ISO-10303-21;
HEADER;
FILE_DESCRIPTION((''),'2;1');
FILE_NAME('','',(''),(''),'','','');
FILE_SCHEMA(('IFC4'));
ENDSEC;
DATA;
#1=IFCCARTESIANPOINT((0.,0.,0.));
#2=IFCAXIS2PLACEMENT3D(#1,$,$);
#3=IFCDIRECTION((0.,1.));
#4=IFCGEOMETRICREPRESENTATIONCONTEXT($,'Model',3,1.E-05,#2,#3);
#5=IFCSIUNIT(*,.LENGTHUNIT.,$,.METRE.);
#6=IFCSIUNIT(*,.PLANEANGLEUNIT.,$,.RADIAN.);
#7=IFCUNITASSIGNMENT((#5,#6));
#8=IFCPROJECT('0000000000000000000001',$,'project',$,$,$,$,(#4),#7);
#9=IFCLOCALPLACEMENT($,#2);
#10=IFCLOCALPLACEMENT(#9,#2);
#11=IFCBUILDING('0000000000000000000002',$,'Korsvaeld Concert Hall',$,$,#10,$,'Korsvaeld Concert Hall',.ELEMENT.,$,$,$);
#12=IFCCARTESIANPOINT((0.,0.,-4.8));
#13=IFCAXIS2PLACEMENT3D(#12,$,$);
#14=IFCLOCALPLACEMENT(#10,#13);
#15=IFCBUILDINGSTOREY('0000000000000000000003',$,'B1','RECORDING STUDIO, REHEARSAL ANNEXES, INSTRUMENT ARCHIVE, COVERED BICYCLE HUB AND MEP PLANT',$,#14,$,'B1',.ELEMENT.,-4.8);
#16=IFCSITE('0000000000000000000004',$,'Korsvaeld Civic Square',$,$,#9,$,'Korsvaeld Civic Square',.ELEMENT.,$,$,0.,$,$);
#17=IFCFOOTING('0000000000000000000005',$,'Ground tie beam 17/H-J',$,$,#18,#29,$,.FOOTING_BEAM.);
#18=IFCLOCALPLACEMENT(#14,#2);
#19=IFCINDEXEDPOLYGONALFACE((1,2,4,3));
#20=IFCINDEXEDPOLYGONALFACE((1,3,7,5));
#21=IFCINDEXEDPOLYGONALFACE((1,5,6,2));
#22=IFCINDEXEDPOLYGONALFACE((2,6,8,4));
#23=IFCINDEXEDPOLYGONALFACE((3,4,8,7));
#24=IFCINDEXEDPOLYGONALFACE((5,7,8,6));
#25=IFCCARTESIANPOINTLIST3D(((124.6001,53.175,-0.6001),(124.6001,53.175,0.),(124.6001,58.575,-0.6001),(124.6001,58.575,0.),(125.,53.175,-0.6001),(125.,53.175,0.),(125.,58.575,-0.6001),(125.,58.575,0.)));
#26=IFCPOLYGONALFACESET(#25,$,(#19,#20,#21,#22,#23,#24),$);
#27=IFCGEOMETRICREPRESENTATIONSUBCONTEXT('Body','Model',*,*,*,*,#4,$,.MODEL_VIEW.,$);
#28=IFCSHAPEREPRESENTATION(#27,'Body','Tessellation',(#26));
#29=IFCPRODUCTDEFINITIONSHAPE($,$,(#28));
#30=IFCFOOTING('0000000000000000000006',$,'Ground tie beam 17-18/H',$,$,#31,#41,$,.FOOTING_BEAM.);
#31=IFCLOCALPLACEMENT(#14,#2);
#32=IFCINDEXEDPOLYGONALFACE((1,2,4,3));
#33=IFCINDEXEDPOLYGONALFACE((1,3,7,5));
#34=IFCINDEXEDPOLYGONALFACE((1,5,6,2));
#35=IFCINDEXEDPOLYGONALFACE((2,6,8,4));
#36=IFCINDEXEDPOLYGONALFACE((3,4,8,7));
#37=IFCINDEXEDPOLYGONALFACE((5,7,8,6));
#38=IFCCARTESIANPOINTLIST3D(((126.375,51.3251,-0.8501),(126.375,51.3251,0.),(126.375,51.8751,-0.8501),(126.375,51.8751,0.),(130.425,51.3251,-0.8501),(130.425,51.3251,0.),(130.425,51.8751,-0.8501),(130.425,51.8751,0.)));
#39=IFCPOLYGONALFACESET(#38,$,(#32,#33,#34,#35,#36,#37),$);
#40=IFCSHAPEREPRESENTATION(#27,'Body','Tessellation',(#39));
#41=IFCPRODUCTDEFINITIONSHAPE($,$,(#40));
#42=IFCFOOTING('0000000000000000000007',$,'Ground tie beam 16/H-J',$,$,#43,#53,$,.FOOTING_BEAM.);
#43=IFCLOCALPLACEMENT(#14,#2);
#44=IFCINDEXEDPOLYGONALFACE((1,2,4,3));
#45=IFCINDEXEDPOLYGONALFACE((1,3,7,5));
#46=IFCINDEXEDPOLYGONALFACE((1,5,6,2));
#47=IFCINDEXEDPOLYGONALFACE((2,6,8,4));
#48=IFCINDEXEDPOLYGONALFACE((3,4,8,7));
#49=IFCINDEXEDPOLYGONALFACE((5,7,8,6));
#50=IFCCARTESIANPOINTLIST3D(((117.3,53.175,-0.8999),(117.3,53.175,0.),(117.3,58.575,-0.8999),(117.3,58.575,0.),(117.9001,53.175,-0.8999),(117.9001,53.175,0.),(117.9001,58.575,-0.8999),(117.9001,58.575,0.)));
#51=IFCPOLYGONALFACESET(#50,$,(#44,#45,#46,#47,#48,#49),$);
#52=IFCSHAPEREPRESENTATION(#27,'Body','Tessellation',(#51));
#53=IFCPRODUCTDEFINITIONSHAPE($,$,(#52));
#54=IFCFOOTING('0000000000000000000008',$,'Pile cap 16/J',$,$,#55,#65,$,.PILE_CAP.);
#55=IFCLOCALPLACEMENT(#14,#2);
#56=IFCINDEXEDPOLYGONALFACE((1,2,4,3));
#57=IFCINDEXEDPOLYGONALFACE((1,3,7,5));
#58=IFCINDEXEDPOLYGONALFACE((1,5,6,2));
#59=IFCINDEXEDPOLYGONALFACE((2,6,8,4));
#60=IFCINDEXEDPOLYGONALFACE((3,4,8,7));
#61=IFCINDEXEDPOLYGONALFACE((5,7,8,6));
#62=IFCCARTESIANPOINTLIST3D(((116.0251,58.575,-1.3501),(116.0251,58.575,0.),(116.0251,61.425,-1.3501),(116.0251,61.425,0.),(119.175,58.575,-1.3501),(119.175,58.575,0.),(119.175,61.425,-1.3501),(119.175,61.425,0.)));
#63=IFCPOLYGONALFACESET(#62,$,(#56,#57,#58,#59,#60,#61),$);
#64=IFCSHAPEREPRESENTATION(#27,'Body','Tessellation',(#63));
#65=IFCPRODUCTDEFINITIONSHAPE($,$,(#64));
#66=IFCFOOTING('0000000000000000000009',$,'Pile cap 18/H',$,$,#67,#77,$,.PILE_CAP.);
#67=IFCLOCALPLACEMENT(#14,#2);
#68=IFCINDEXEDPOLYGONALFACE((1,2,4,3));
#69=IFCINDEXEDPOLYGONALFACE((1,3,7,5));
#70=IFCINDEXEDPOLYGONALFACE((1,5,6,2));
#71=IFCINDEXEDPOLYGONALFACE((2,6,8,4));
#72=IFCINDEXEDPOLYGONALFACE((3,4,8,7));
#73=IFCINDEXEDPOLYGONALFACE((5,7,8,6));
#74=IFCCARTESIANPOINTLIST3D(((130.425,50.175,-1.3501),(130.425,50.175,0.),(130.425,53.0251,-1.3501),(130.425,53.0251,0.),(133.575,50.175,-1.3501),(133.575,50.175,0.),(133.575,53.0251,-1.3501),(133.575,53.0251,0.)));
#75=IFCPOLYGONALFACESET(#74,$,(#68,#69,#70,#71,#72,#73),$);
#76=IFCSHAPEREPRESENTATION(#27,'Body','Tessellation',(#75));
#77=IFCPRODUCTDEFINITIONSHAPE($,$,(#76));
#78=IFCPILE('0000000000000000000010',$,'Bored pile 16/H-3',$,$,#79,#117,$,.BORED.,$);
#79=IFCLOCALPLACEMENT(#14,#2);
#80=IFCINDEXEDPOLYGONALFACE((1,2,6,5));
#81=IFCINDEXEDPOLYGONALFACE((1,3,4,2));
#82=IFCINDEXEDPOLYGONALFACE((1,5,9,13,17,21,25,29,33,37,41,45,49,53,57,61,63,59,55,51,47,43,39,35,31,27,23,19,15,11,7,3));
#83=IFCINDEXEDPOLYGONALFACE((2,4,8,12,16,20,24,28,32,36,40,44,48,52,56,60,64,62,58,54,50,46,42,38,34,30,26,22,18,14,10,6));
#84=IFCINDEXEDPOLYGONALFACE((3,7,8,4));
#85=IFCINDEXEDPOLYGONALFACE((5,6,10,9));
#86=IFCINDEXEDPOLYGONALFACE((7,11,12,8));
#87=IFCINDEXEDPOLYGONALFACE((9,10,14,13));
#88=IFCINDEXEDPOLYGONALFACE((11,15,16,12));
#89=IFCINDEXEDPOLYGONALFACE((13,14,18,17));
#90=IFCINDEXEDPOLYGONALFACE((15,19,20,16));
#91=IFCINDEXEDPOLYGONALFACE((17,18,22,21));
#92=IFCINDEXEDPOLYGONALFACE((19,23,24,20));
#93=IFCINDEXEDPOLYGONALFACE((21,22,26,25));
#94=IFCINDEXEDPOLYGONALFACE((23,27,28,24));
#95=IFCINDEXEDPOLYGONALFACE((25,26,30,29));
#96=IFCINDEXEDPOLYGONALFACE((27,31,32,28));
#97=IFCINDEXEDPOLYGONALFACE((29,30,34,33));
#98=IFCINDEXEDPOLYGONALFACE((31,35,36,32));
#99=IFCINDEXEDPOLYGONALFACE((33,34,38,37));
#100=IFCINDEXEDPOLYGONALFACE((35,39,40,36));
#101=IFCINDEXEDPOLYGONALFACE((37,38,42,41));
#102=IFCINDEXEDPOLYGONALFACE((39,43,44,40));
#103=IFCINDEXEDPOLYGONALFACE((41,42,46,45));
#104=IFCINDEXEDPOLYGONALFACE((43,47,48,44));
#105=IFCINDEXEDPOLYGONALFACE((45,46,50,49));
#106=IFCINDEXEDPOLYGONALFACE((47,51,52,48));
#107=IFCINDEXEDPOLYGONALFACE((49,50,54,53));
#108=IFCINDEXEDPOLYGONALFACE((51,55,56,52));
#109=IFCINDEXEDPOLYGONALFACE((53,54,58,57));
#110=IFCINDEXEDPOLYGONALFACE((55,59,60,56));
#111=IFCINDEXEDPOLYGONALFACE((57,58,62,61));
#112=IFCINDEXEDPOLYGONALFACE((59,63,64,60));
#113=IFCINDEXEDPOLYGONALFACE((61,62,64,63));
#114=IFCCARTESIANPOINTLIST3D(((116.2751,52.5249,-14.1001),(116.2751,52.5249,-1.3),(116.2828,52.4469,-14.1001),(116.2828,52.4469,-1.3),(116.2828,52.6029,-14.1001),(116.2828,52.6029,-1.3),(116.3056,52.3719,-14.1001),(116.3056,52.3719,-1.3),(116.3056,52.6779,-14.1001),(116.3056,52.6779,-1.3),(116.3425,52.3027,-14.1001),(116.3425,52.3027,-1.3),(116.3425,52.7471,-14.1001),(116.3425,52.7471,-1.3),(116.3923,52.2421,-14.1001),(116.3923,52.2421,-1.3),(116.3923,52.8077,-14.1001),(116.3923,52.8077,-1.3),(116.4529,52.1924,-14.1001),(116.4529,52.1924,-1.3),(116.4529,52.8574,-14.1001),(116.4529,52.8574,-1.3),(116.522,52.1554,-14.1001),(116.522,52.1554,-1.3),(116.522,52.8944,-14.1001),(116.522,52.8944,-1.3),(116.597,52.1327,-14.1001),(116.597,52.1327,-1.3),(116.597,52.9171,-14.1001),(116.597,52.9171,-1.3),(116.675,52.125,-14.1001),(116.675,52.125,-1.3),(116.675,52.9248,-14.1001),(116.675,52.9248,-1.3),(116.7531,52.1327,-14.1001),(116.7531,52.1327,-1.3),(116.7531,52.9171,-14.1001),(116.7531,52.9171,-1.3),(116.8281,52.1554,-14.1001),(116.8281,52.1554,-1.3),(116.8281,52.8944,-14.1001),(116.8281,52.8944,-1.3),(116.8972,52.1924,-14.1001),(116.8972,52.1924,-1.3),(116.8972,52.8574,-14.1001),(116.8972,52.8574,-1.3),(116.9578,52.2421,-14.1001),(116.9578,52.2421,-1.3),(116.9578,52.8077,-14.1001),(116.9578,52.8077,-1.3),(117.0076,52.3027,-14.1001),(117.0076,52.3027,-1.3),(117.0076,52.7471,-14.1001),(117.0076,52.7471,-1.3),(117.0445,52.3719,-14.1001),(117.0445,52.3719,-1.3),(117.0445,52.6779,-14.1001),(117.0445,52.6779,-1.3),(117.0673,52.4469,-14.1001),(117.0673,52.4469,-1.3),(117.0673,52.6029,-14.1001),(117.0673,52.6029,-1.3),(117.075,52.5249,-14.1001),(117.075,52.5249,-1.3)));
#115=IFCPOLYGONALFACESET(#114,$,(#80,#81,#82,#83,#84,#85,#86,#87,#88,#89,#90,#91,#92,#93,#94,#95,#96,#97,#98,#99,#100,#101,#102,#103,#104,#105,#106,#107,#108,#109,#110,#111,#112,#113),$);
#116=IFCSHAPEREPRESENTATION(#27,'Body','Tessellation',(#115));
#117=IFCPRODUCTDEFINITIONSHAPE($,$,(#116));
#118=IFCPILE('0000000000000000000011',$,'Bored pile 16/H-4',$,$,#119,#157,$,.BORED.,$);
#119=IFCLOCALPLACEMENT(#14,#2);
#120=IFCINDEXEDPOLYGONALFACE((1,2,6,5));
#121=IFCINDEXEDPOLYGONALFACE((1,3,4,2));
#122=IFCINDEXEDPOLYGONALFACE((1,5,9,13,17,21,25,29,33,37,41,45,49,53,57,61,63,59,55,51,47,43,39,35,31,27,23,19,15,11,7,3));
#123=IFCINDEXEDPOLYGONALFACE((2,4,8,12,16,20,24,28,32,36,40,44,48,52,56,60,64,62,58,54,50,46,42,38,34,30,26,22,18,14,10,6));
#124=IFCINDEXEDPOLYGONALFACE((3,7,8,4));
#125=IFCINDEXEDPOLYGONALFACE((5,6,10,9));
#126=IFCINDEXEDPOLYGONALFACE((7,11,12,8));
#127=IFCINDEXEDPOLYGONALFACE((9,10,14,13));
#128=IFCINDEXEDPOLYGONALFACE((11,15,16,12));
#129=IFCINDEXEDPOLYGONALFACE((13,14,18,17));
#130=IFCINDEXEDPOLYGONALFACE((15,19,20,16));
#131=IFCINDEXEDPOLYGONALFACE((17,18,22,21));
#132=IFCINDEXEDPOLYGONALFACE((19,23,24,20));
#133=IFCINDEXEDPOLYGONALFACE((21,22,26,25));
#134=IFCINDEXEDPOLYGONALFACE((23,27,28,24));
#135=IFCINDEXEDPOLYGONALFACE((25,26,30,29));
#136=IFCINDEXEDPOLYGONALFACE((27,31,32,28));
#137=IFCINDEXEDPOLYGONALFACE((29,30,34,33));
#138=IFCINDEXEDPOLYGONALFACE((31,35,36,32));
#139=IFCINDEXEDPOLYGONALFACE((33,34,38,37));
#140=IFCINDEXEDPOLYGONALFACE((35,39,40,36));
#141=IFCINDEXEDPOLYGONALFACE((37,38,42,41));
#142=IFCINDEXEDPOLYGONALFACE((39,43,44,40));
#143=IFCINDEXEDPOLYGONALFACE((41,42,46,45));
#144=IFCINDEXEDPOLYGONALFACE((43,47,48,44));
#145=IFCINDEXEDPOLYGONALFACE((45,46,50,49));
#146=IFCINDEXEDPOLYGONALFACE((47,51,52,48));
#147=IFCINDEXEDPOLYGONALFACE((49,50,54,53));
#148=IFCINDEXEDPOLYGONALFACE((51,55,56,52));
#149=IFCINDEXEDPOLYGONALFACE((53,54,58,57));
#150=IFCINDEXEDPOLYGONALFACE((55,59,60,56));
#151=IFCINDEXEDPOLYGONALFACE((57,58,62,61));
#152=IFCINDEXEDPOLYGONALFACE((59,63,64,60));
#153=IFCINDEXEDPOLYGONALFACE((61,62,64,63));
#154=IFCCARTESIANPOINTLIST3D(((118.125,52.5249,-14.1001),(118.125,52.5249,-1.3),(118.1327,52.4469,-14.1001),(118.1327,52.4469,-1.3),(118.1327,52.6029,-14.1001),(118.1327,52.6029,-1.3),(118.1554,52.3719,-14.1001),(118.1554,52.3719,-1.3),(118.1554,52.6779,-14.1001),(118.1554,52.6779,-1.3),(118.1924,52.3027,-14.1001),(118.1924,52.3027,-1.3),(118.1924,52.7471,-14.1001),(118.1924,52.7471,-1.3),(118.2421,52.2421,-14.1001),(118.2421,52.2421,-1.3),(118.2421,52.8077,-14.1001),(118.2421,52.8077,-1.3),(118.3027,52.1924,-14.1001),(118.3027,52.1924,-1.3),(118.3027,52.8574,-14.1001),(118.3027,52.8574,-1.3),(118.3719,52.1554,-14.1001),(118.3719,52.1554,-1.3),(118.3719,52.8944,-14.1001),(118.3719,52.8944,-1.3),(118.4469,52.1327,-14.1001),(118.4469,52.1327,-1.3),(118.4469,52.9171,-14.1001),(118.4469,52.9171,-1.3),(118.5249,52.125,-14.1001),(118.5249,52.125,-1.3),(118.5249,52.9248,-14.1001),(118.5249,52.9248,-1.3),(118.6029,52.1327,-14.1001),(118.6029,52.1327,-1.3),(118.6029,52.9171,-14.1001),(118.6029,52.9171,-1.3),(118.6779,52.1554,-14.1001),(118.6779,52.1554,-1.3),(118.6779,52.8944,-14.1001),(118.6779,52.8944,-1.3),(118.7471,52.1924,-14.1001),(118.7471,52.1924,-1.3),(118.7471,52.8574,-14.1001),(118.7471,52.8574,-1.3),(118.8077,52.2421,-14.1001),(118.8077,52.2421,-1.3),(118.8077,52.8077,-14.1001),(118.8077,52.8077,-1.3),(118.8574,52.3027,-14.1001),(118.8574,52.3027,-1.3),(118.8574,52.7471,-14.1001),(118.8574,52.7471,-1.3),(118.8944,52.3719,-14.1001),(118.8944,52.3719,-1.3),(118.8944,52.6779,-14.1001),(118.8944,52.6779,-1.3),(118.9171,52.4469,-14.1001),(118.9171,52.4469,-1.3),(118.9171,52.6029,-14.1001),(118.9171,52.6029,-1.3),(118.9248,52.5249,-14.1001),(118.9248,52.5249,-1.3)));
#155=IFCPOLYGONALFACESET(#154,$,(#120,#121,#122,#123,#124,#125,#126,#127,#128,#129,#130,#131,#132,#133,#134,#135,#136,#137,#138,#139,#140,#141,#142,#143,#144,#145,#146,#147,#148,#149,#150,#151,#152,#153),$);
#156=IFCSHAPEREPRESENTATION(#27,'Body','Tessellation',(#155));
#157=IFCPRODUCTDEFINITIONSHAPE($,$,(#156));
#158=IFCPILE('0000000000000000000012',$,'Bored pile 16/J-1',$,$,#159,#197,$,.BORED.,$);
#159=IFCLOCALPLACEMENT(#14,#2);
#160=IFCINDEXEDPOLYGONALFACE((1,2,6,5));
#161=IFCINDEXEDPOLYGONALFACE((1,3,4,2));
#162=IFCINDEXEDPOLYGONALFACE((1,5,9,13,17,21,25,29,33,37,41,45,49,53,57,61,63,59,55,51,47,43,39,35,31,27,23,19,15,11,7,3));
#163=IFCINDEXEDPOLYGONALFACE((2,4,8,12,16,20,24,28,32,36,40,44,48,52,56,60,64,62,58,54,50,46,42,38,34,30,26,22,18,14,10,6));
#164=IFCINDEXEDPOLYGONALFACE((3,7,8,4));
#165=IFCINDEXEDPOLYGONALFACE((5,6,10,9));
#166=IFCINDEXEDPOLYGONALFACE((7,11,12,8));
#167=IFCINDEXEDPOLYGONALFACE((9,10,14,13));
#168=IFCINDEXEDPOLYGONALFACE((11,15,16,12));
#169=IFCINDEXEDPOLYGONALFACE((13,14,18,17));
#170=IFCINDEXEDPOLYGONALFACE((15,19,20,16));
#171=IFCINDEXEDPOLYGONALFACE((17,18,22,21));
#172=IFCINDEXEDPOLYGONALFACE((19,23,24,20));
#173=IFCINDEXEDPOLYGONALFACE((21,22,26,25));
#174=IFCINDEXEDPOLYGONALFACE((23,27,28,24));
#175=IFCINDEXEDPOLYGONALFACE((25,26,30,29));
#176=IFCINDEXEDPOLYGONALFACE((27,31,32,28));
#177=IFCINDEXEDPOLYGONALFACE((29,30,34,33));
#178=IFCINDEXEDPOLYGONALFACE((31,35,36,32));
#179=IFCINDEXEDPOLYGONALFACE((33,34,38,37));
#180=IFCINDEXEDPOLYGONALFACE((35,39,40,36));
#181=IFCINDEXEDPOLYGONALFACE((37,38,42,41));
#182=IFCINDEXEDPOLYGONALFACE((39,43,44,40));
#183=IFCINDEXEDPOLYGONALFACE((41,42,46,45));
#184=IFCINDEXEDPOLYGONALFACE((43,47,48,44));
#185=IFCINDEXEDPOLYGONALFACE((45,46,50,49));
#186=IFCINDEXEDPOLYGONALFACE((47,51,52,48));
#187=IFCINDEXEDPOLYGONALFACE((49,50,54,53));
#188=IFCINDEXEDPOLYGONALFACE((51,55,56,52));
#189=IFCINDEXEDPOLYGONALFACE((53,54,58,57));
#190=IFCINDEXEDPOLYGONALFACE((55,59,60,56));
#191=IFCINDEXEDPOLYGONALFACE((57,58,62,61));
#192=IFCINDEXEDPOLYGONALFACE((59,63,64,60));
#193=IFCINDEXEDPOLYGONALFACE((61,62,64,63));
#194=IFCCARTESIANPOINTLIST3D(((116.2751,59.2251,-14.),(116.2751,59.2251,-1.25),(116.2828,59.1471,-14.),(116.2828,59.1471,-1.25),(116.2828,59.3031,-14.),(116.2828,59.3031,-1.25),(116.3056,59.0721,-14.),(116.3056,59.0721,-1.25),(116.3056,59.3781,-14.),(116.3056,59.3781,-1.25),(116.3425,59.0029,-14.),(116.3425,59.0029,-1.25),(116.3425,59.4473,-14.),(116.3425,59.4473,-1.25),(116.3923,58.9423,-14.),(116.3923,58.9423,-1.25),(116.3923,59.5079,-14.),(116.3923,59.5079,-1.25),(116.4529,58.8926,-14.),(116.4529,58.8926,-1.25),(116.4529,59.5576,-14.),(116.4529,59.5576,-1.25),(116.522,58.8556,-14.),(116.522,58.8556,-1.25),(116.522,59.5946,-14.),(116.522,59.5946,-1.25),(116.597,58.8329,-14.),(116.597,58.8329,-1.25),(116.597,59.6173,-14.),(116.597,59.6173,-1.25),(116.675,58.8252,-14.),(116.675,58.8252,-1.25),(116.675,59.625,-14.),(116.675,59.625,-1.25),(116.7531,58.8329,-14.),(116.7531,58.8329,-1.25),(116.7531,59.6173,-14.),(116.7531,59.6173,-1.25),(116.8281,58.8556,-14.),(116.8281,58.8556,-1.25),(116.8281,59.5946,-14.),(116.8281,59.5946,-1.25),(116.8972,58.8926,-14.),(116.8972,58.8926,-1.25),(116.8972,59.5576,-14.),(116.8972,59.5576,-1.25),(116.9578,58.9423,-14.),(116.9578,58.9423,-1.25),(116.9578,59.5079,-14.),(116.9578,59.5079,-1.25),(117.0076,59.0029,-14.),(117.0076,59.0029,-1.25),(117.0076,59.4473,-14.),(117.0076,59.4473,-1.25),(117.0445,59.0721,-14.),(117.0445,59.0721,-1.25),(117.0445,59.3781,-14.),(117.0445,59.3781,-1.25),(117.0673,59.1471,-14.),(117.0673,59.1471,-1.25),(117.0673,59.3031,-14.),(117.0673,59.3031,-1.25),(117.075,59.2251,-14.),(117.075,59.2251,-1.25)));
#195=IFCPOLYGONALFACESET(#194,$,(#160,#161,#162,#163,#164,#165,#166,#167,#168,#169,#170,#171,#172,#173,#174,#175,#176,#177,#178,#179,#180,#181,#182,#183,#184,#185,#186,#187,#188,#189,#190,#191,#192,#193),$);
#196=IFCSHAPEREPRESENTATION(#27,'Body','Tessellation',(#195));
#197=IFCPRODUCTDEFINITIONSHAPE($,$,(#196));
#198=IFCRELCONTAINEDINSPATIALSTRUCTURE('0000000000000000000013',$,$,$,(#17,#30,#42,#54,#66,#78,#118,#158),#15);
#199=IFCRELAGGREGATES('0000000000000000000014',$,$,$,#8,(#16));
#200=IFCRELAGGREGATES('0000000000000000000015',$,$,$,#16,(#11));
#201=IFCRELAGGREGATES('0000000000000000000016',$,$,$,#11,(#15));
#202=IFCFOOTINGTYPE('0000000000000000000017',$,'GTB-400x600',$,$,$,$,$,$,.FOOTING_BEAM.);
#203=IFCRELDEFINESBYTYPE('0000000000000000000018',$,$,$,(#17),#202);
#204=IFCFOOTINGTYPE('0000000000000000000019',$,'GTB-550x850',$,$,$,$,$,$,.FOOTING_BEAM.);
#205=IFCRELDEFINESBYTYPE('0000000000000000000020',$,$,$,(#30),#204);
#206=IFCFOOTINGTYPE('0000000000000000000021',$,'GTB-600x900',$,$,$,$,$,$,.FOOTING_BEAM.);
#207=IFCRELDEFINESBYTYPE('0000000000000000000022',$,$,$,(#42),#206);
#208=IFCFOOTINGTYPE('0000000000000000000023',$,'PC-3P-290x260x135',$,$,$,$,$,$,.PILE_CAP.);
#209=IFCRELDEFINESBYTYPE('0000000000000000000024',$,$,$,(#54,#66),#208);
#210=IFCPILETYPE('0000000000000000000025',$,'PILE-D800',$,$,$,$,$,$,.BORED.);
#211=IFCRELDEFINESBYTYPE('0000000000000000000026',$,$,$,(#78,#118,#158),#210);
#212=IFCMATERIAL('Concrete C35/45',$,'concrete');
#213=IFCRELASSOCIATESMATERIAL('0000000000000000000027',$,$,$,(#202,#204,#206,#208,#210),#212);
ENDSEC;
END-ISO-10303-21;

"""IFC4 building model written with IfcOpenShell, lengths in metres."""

from ifc_helpers import new_model, si_unit, direction, frame, origin, origin_2d, place, context, subcontext, project, spatial, rectangle, circle, extrude, material, material_profile, profile_set, type_object, element, save


model = new_model("IFC4")

# Units and contexts
model_context = context("Model", 3, precision=1e-05, world=origin(), true_north=direction((0.0, 1.0)))
body_context = subcontext(model_context, "Body", "Model", "MODEL_VIEW")
ifc_project = project(units=[si_unit("LENGTHUNIT", "METRE"), si_unit("PLANEANGLEUNIT", "RADIAN")], contexts=[model_context])

# Site, building, storey
site_placement = place(None, origin())
site = spatial("IfcSite", under=ifc_project, at=site_placement, Name="Korsvaeld Civic Square", LongName="Korsvaeld Civic Square", CompositionType="ELEMENT", RefElevation=0.0)
building_placement = place(site_placement, origin())
building = spatial("IfcBuilding", under=site, at=building_placement, Name="Korsvaeld Concert Hall", LongName="Korsvaeld Concert Hall", CompositionType="ELEMENT")
storey_placement = place(building_placement, frame((0.0, 0.0, -4.8)))
storey = spatial("IfcBuildingStorey", under=building, at=storey_placement, Name="B1", Description="RECORDING STUDIO, REHEARSAL ANNEXES, INSTRUMENT ARCHIVE, COVERED BICYCLE HUB AND MEP PLANT", LongName="B1", CompositionType="ELEMENT", Elevation=-4.8)

# Footings
ifc_material_1 = material(Name="Concrete C35/45", Category="concrete")
ifc_material_profile_1 = material_profile(ifc_material_1, rectangle(XDim=0.3999, YDim=0.6001, at=origin_2d()), Name="GTB 400x600")
ifc_profile_set_1 = profile_set([ifc_material_profile_1], Name="Concrete C35/45")
footing_type_1 = type_object("IfcFootingType", Name="GTB-400x600", PredefinedType="FOOTING_BEAM", material=ifc_profile_set_1)
footing_1_placement = place(storey_placement, frame((124.8, 53.175, -0.3), z_axis=(0.0, 1.0, 0.0), x_axis=(-1.0, 0.0, 0.0)))
element("IfcFooting", 1, at=footing_1_placement, inside=storey, type_object=footing_type_1, Name="Ground tie beam 17/H-J", PredefinedType="FOOTING_BEAM", context=body_context, shape_type="SweptSolid", body=[
    extrude(rectangle(XDim=0.3999, YDim=0.6001, at=origin_2d()), origin(), (0.0, 0.0, 1.0), 5.3999),
])
ifc_material_profile_2 = material_profile(ifc_material_1, rectangle(XDim=0.55, YDim=0.8501, at=origin_2d()), Name="GTB 550x850")
ifc_profile_set_2 = profile_set([ifc_material_profile_2], Name="Concrete C35/45")
footing_type_2 = type_object("IfcFootingType", Name="GTB-550x850", PredefinedType="FOOTING_BEAM", material=ifc_profile_set_2)
footing_2_placement = place(storey_placement, frame((126.375, 51.6001, -0.425), z_axis=(1.0, 0.0, 0.0), x_axis=(0.0, 1.0, 0.0)))
element("IfcFooting", 2, at=footing_2_placement, inside=storey, type_object=footing_type_2, Name="Ground tie beam 17-18/H", PredefinedType="FOOTING_BEAM", context=body_context, shape_type="SweptSolid", body=[
    extrude(rectangle(XDim=0.55, YDim=0.8501, at=origin_2d()), origin(), (0.0, 0.0, 1.0), 4.05),
])
ifc_material_profile_3 = material_profile(ifc_material_1, rectangle(XDim=0.6001, YDim=0.8999, at=origin_2d()), Name="GTB 600x900")
ifc_profile_set_3 = profile_set([ifc_material_profile_3], Name="Concrete C35/45")
footing_type_3 = type_object("IfcFootingType", Name="GTB-600x900", PredefinedType="FOOTING_BEAM", material=ifc_profile_set_3)
footing_3_placement = place(storey_placement, frame((117.6001, 53.175, -0.45), z_axis=(0.0, 1.0, 0.0), x_axis=(-1.0, 0.0, 0.0)))
element("IfcFooting", 3, at=footing_3_placement, inside=storey, type_object=footing_type_3, Name="Ground tie beam 16/H-J", PredefinedType="FOOTING_BEAM", context=body_context, shape_type="SweptSolid", body=[
    extrude(rectangle(XDim=0.6001, YDim=0.8999, at=origin_2d()), origin(), (0.0, 0.0, 1.0), 5.3999),
])
footing_type_4 = type_object("IfcFootingType", Name="PC-3P-290x260x135", PredefinedType="PILE_CAP", material=ifc_material_1)
for number, where, z_axis, x_axis, name in (
    (4, (117.6001, 60.0, -1.3501), (0.0, 0.0, 1.0), (1.0, 0.0, 0.0), "Pile cap 16/J"),
    (5, (132.0, 51.6001, -1.3501), (0.0, 0.0, 1.0), (1.0, 0.0, 0.0), "Pile cap 18/H"),
):
    element("IfcFooting", number, at=place(storey_placement, frame(where, z_axis=z_axis, x_axis=x_axis)), inside=storey, type_object=footing_type_4, Name=name, PredefinedType="PILE_CAP", context=body_context, shape_type="SweptSolid", body=[
        extrude(rectangle(XDim=3.1499, YDim=2.8501, at=origin_2d()), origin(), (0.0, 0.0, 1.0), 1.3501),
    ])

# Piles
ifc_material_profile_4 = material_profile(ifc_material_1, circle(Radius=0.3999, at=origin_2d()), Name="BORED PILE D800")
ifc_profile_set_4 = profile_set([ifc_material_profile_4], Name="Concrete C35/45")
pile_type = type_object("IfcPileType", Name="PILE-D800", PredefinedType="BORED", material=ifc_profile_set_4)
for number, where, z_axis, x_axis, name in (
    (6, (116.675, 52.5249, -1.3), (0.0, 0.0, -1.0), (1.0, 0.0, 0.0), "Bored pile 16/H-3"),
    (7, (118.5249, 52.5249, -1.3), (0.0, 0.0, -1.0), (1.0, 0.0, 0.0), "Bored pile 16/H-4"),
):
    element("IfcPile", number, at=place(storey_placement, frame(where, z_axis=z_axis, x_axis=x_axis)), inside=storey, type_object=pile_type, Name=name, PredefinedType="BORED", context=body_context, shape_type="SweptSolid", body=[
        extrude(circle(Radius=0.3999, at=origin_2d()), origin(), (0.0, 0.0, 1.0), 12.8),
    ])
for number, where, z_axis, x_axis, name in (
    (8, (116.675, 59.2251, -1.25), (0.0, 0.0, -1.0), (1.0, 0.0, 0.0), "Bored pile 16/J-1"),
):
    element("IfcPile", number, at=place(storey_placement, frame(where, z_axis=z_axis, x_axis=x_axis)), inside=storey, type_object=pile_type, Name=name, PredefinedType="BORED", context=body_context, shape_type="SweptSolid", body=[
        extrude(circle(Radius=0.3999, at=origin_2d()), origin(), (0.0, 0.0, 1.0), 12.75),
    ])

save(model, "model.ifc")
